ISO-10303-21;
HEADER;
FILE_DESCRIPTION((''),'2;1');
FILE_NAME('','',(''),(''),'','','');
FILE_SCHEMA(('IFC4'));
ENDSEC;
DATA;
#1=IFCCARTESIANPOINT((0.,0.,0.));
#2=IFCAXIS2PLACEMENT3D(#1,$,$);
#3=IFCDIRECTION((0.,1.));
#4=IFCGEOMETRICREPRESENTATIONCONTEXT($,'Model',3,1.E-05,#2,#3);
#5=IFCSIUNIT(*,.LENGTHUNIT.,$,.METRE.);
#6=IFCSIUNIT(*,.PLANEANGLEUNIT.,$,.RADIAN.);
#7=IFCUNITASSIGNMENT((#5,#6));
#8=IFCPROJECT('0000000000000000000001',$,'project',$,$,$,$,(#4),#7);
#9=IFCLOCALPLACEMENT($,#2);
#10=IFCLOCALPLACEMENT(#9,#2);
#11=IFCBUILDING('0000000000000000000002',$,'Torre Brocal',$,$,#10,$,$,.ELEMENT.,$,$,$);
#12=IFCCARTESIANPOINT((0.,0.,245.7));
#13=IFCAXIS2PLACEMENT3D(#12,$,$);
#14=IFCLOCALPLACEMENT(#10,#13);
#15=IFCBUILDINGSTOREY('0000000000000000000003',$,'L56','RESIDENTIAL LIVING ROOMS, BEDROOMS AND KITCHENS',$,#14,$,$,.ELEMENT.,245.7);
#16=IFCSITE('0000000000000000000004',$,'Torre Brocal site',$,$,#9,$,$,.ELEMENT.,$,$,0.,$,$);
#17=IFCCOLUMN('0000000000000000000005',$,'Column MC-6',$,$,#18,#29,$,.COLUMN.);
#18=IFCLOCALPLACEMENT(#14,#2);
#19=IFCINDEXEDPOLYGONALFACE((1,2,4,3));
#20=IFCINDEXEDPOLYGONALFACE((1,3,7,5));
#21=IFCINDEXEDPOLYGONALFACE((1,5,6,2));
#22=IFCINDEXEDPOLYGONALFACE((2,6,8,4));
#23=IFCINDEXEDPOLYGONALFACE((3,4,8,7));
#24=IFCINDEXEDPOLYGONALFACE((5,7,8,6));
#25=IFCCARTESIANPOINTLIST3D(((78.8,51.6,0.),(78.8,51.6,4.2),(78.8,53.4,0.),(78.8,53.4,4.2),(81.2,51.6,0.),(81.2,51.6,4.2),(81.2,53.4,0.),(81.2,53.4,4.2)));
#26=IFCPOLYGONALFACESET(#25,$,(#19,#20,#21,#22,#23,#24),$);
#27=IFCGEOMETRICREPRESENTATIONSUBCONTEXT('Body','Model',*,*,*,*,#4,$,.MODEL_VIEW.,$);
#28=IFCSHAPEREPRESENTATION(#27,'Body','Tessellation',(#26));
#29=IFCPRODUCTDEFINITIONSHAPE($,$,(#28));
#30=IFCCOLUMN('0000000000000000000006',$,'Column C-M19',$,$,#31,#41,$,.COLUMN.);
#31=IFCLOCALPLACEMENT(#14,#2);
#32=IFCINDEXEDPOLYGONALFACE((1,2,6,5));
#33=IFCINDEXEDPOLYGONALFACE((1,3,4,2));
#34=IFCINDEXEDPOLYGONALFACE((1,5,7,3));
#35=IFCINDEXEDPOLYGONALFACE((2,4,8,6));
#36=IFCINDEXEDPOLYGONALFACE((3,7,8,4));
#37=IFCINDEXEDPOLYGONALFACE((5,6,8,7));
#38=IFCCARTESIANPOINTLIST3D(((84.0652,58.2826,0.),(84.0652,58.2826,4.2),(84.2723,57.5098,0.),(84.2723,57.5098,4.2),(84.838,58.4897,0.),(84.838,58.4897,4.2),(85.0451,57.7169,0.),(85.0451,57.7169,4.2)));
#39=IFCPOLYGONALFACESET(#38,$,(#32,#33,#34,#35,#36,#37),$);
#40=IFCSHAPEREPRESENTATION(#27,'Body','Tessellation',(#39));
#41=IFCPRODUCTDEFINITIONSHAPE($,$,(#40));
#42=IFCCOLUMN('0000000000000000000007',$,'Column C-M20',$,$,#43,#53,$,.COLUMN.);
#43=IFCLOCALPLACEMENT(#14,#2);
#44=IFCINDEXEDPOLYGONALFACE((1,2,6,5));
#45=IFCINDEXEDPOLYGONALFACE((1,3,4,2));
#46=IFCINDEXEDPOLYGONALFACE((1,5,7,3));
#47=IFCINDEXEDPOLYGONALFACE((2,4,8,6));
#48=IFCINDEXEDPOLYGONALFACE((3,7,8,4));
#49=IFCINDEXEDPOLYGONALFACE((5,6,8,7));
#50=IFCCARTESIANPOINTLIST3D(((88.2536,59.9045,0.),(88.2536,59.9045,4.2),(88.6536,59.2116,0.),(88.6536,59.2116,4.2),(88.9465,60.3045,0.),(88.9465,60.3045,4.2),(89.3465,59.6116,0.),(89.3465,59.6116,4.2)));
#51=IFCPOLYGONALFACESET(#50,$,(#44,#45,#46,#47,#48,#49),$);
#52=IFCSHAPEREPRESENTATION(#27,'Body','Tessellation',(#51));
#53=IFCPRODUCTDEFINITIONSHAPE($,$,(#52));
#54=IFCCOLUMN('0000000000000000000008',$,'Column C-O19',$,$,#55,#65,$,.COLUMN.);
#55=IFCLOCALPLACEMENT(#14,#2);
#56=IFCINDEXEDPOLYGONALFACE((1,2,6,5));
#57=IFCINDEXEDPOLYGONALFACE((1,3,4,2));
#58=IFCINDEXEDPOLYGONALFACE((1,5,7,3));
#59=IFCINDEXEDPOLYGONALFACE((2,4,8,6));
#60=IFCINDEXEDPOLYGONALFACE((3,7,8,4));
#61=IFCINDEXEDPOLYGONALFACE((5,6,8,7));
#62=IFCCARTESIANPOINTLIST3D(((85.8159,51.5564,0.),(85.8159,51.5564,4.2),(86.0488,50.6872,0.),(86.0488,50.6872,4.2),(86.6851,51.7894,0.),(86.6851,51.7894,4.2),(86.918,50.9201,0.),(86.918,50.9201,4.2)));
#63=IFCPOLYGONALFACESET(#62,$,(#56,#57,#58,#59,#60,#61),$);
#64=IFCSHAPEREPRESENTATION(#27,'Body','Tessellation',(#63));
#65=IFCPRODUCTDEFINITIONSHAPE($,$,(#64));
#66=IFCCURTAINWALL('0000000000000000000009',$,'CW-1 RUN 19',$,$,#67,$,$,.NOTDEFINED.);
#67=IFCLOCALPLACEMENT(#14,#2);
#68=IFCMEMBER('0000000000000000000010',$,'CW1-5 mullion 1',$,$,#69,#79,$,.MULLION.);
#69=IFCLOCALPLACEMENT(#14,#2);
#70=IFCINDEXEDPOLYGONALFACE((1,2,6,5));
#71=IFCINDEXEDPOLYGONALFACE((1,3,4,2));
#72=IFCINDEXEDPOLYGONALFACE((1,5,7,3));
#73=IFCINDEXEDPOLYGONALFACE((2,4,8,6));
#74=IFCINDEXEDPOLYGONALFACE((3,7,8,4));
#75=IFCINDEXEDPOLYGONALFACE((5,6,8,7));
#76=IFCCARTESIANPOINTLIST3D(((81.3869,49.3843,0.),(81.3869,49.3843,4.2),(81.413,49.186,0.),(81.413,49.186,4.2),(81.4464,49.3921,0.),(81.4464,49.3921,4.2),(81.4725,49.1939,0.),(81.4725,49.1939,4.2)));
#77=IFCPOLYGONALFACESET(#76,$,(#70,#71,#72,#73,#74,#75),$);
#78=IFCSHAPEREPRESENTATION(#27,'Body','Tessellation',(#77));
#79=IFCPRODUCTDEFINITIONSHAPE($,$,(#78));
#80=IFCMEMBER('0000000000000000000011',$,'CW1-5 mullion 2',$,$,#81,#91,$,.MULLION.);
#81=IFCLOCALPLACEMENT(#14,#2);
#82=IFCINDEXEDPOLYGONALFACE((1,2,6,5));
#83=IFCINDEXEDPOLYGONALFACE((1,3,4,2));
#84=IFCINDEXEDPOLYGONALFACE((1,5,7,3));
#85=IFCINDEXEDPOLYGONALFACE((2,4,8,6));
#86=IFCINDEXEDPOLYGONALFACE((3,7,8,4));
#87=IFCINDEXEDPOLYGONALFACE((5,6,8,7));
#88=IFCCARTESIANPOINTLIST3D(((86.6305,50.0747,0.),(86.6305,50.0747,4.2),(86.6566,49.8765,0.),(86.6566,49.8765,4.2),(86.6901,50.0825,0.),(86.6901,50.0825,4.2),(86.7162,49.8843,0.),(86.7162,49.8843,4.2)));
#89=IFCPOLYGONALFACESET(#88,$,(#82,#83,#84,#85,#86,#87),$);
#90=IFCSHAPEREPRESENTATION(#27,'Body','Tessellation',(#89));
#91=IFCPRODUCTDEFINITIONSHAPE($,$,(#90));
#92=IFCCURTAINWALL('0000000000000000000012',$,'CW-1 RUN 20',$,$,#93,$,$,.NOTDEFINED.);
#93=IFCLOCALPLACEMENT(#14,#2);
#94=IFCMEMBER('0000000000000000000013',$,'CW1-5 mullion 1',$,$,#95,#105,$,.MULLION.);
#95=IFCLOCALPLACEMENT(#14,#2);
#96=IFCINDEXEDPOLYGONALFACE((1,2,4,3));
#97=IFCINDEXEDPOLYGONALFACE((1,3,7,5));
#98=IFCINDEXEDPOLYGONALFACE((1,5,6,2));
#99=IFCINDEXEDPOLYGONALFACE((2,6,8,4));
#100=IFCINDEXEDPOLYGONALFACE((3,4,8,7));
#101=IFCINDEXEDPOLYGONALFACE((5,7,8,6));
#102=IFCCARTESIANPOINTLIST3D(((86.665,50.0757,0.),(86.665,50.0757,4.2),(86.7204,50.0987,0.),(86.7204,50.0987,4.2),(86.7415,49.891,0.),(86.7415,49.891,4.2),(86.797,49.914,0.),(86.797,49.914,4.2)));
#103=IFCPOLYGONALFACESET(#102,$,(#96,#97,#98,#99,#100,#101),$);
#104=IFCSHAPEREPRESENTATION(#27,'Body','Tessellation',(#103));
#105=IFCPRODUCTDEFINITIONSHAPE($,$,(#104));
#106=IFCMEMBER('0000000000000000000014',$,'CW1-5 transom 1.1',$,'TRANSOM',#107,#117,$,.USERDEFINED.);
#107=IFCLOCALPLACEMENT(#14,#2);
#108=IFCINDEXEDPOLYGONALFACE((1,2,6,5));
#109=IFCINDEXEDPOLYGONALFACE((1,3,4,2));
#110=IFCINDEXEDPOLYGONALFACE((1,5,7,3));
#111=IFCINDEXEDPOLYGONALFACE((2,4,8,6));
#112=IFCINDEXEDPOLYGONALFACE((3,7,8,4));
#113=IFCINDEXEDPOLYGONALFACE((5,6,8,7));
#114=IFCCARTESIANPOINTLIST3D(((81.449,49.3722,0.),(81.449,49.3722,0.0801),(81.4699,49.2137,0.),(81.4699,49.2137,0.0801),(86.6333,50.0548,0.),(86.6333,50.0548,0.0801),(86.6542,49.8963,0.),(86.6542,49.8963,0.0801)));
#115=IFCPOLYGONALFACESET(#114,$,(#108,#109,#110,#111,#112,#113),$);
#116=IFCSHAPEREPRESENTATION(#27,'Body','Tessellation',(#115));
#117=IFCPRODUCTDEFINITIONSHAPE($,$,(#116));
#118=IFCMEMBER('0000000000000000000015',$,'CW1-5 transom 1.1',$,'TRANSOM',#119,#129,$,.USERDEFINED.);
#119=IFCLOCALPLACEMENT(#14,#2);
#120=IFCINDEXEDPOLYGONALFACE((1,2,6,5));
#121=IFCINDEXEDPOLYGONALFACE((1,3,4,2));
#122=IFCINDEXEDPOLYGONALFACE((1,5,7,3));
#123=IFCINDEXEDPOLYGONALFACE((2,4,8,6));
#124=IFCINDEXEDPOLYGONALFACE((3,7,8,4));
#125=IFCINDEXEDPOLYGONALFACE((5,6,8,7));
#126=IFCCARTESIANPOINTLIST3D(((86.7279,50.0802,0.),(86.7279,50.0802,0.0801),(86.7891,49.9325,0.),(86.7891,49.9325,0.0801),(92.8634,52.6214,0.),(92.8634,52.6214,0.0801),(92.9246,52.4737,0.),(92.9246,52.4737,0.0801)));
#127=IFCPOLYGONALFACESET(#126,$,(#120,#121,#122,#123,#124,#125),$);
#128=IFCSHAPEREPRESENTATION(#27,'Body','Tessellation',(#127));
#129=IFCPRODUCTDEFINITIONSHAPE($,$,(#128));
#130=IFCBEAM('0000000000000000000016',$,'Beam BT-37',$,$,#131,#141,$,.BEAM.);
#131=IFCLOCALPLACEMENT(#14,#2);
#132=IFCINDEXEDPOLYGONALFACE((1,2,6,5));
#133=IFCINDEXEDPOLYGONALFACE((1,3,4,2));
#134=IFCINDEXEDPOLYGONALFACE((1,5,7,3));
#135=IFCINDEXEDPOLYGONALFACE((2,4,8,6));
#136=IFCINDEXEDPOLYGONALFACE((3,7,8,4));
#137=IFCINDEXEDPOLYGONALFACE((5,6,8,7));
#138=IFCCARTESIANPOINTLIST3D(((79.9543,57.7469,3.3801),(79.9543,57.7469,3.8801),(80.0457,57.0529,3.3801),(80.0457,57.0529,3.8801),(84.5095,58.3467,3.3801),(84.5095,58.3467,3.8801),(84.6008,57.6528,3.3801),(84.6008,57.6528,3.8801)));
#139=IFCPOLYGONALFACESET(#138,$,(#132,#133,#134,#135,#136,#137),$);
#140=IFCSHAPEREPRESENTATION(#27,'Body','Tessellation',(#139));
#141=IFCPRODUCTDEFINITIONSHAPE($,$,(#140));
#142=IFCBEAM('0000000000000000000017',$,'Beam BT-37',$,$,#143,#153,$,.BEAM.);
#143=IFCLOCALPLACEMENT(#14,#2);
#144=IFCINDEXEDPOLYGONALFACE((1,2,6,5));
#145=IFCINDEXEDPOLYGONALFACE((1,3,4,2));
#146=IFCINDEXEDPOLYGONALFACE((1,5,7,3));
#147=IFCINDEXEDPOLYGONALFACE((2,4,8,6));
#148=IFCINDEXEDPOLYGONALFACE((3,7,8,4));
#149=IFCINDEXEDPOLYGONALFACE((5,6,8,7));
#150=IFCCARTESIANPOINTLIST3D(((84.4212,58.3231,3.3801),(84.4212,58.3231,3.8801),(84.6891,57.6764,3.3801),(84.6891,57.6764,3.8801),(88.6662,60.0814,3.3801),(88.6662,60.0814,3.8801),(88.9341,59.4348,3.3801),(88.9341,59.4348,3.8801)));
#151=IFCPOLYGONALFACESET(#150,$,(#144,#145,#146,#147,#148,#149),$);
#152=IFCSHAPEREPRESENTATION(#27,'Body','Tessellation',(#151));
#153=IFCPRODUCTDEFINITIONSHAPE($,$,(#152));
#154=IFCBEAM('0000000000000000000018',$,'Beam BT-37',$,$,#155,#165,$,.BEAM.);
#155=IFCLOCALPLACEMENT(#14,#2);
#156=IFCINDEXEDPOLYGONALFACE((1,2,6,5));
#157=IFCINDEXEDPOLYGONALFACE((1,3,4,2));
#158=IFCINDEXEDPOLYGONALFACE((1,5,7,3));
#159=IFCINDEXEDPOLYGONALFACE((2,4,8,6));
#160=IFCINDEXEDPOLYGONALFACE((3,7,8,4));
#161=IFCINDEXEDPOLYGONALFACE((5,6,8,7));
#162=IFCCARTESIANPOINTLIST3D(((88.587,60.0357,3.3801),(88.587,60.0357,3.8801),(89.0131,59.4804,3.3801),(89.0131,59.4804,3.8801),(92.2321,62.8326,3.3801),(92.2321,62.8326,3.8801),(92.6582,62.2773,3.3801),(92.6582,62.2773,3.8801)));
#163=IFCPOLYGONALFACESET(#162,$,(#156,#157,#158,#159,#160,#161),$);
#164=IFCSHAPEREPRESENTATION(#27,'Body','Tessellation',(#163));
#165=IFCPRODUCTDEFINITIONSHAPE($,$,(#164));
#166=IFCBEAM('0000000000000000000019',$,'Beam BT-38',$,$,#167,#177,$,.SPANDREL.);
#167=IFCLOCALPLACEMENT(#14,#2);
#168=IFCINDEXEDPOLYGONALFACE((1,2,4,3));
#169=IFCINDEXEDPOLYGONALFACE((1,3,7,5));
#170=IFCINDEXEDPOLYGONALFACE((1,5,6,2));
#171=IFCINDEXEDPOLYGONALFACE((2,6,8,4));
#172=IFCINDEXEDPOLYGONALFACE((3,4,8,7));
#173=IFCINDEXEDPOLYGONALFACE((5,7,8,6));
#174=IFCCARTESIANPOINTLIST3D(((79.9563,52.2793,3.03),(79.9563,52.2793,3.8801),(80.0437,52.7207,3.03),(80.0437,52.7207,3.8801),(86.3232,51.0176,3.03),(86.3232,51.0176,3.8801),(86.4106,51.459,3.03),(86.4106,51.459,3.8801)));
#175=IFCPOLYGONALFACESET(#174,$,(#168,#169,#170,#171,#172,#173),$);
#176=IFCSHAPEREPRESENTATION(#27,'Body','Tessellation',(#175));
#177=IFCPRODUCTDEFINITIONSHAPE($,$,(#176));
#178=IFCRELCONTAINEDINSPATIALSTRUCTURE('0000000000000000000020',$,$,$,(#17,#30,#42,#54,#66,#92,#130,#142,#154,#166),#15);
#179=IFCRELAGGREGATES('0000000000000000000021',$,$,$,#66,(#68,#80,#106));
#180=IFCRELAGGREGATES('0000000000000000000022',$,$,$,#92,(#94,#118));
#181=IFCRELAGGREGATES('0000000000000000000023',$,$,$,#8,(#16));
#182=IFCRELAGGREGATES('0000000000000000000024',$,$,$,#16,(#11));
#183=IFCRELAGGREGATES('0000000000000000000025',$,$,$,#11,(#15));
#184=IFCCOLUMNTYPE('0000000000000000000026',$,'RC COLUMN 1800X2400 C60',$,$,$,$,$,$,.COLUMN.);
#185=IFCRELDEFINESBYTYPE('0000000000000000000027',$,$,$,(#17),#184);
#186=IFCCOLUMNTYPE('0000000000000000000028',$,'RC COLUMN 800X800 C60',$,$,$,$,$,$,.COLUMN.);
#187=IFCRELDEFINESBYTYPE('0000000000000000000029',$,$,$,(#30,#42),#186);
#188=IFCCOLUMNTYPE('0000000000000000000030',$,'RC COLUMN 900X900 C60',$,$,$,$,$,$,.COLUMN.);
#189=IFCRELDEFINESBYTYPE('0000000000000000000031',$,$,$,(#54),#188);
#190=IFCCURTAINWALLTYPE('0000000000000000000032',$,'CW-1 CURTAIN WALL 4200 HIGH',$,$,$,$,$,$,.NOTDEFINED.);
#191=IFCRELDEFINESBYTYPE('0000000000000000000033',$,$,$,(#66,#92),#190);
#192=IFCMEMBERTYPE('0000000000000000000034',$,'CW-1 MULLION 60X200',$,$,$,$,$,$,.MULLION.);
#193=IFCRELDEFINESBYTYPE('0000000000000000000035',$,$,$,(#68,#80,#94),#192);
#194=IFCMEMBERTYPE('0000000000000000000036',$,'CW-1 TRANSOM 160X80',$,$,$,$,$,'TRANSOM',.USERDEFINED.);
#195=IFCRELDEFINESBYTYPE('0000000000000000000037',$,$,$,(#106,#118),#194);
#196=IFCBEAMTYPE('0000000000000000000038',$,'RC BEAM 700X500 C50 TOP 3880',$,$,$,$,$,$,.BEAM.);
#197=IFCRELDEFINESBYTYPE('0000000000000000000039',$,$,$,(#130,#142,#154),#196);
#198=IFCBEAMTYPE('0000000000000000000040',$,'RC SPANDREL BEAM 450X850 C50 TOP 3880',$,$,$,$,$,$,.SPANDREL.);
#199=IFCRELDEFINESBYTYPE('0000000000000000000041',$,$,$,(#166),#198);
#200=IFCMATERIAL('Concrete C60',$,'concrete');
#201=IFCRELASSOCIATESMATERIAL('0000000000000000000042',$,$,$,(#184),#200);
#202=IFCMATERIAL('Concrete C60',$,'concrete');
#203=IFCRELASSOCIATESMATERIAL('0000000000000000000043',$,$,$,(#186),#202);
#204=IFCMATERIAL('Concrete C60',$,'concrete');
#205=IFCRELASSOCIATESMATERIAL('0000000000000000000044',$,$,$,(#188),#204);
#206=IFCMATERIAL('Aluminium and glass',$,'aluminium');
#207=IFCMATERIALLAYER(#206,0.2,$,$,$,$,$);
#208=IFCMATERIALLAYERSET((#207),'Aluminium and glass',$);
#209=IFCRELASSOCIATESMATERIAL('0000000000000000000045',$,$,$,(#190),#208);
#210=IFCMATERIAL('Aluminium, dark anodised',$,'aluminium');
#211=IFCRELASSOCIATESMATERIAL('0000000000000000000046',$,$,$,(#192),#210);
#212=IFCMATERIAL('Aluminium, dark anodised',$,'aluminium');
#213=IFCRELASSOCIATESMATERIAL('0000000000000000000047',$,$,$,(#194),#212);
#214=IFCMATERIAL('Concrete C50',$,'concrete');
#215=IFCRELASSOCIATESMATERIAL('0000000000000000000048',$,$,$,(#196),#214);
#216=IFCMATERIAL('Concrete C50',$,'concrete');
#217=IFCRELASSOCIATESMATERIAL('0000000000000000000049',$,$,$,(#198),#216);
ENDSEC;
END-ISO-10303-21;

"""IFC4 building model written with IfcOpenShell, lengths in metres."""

from ifc_helpers import new_model, si_unit, direction, frame, origin, origin_2d, place, context, subcontext, project, spatial, rectangle, extrude, material, layer, layer_set, material_profile, profile_set, type_object, element, aggregate, save


model = new_model("IFC4")

# Units and contexts
model_context = context("Model", 3, precision=1e-05, world=origin(), true_north=direction((0.0, 1.0)))
body_context = subcontext(model_context, "Body", "Model", "MODEL_VIEW")
ifc_project = project(units=[si_unit("LENGTHUNIT", "METRE"), si_unit("PLANEANGLEUNIT", "RADIAN")], contexts=[model_context])

# Site, building, storey
site_placement = place(None, origin())
site = spatial("IfcSite", under=ifc_project, at=site_placement, Name="Torre Brocal site", CompositionType="ELEMENT", RefElevation=0.0)
building_placement = place(site_placement, origin())
building = spatial("IfcBuilding", under=site, at=building_placement, Name="Torre Brocal", CompositionType="ELEMENT")
storey_placement = place(building_placement, frame((0.0, 0.0, 245.7)))
storey = spatial("IfcBuildingStorey", under=building, at=storey_placement, Name="L56", Description="RESIDENTIAL LIVING ROOMS, BEDROOMS AND KITCHENS", CompositionType="ELEMENT", Elevation=245.7)

# Columns
ifc_material_1 = material(Name="Concrete C60", Category="concrete")
ifc_material_profile_1 = material_profile(ifc_material_1, rectangle(XDim=1.8, YDim=2.3999, at=origin_2d()), Name="RC 1800X2400")
ifc_profile_set_1 = profile_set([ifc_material_profile_1], Name="Concrete C60")
column_type_1 = type_object("IfcColumnType", Name="RC COLUMN 1800X2400 C60", PredefinedType="COLUMN", material=ifc_profile_set_1)
column_1_placement = place(storey_placement, frame((80.0, 52.5, 0.0), z_axis=(0.0, 0.0, 1.0), x_axis=(0.0, -1.0, 0.0)))
element("IfcColumn", 1, at=column_1_placement, inside=storey, type_object=column_type_1, Name="Column MC-6", PredefinedType="COLUMN", context=body_context, shape_type="SweptSolid", body=[
    extrude(rectangle(XDim=1.8, YDim=2.3999, at=origin_2d()), origin(), (0.0, 0.0, 1.0), 4.2),
])
ifc_material_2 = material(Name="Concrete C60", Category="concrete")
ifc_material_profile_2 = material_profile(ifc_material_2, rectangle(XDim=0.8, YDim=0.8, at=origin_2d()), Name="RC 800X800")
ifc_profile_set_2 = profile_set([ifc_material_profile_2], Name="Concrete C60")
column_type_2 = type_object("IfcColumnType", Name="RC COLUMN 800X800 C60", PredefinedType="COLUMN", material=ifc_profile_set_2)
for number, where, z_axis, x_axis, name in (
    (2, (84.5552, 57.9998, 0.0), (0.0, 0.0, 1.0), (0.258819, -0.965926, 0.0), "Column C-M19"),
    (3, (88.8, 59.7581, 0.0), (0.0, 0.0, 1.0), (0.5, -0.866025, 0.0), "Column C-M20"),
):
    element("IfcColumn", number, at=place(storey_placement, frame(where, z_axis=z_axis, x_axis=x_axis)), inside=storey, type_object=column_type_2, Name=name, PredefinedType="COLUMN", context=body_context, shape_type="SweptSolid", body=[
        extrude(rectangle(XDim=0.8, YDim=0.8, at=origin_2d()), origin(), (0.0, 0.0, 1.0), 4.2),
    ])
ifc_material_3 = material(Name="Concrete C60", Category="concrete")
ifc_material_profile_3 = material_profile(ifc_material_3, rectangle(XDim=0.8999, YDim=0.8999, at=origin_2d()), Name="RC 900X900")
ifc_profile_set_3 = profile_set([ifc_material_profile_3], Name="Concrete C60")
column_type_3 = type_object("IfcColumnType", Name="RC COLUMN 900X900 C60", PredefinedType="COLUMN", material=ifc_profile_set_3)
column_2_placement = place(storey_placement, frame((86.3669, 51.2383, 0.0), z_axis=(0.0, 0.0, 1.0), x_axis=(0.258819, -0.965926, 0.0)))
element("IfcColumn", 4, at=column_2_placement, inside=storey, type_object=column_type_3, Name="Column C-O19", PredefinedType="COLUMN", context=body_context, shape_type="SweptSolid", body=[
    extrude(rectangle(XDim=0.8999, YDim=0.8999, at=origin_2d()), origin(), (0.0, 0.0, 1.0), 4.2),
])

# Curtain wall, members
ifc_material_4 = material(Name="Aluminium and glass", Category="aluminium")
ifc_layer_1 = layer(ifc_material_4, 0.2)
ifc_layer_set_1 = layer_set([ifc_layer_1], Name="Aluminium and glass")
curtain_wall_type = type_object("IfcCurtainWallType", Name="CW-1 CURTAIN WALL 4200 HIGH", PredefinedType="NOTDEFINED", material=ifc_layer_set_1)
curtain_wall_1_placement = place(storey_placement, origin())
curtain_wall_1 = element("IfcCurtainWall", 5, at=curtain_wall_1_placement, inside=storey, type_object=curtain_wall_type, Name="CW-1 RUN 19", PredefinedType="NOTDEFINED")
ifc_material_5 = material(Name="Aluminium, dark anodised", Category="aluminium")
ifc_material_profile_4 = material_profile(ifc_material_5, rectangle(XDim=0.2, YDim=0.0601, at=origin_2d()), Name="CW-1 MULLION 60X200")
ifc_profile_set_4 = profile_set([ifc_material_profile_4], Name="Aluminium, dark anodised")
member_type_1 = type_object("IfcMemberType", Name="CW-1 MULLION 60X200", PredefinedType="MULLION", material=ifc_profile_set_4)
member_1_placement = place(storey_placement, frame((81.4297, 49.2891, 0.0), z_axis=(0.0, 0.0, 1.0), x_axis=(-0.130526, 0.991445, 0.0)))
member_1 = element("IfcMember", 6, at=member_1_placement, type_object=member_type_1, Name="CW1-5 mullion 1", PredefinedType="MULLION", context=body_context, shape_type="SweptSolid", body=[
    extrude(rectangle(XDim=0.2, YDim=0.0601, at=origin_2d()), origin(), (0.0, 0.0, 1.0), 4.2),
])
member_2_placement = place(storey_placement, frame((86.6733, 49.9795, 0.0), z_axis=(0.0, 0.0, 1.0), x_axis=(-0.130526, 0.991445, 0.0)))
member_2 = element("IfcMember", 7, at=member_2_placement, type_object=member_type_1, Name="CW1-5 mullion 2", PredefinedType="MULLION", context=body_context, shape_type="SweptSolid", body=[
    extrude(rectangle(XDim=0.2, YDim=0.0601, at=origin_2d()), origin(), (0.0, 0.0, 1.0), 4.2),
])

# Curtain wall, member
curtain_wall_2_placement = place(storey_placement, origin())
curtain_wall_2 = element("IfcCurtainWall", 8, at=curtain_wall_2_placement, inside=storey, type_object=curtain_wall_type, Name="CW-1 RUN 20", PredefinedType="NOTDEFINED")
member_3_placement = place(storey_placement, frame((86.731, 49.9949, 0.0), z_axis=(0.0, 0.0, 1.0), x_axis=(-0.382683, 0.92388, 0.0)))
member_3 = element("IfcMember", 9, at=member_3_placement, type_object=member_type_1, Name="CW1-5 mullion 1", PredefinedType="MULLION", context=body_context, shape_type="SweptSolid", body=[
    extrude(rectangle(XDim=0.2, YDim=0.0601, at=origin_2d()), origin(), (0.0, 0.0, 1.0), 4.2),
])

# Members
ifc_material_6 = material(Name="Aluminium, dark anodised", Category="aluminium")
ifc_material_profile_5 = material_profile(ifc_material_6, rectangle(XDim=0.1599, YDim=0.0801, at=origin_2d()), Name="CW-1 TRANSOM 160X80")
ifc_profile_set_5 = profile_set([ifc_material_profile_5], Name="Aluminium, dark anodised")
member_type_2 = type_object("IfcMemberType", Name="CW-1 TRANSOM 160X80", ElementType="TRANSOM", PredefinedType="USERDEFINED", material=ifc_profile_set_5)
member_4_placement = place(storey_placement, frame((81.4595, 49.293, 0.04), z_axis=(0.991443, 0.130543, 0.0), x_axis=(-0.130543, 0.991443, 0.0)))
member_4 = element("IfcMember", 10, at=member_4_placement, type_object=member_type_2, Name="CW1-5 transom 1.1", ObjectType="TRANSOM", PredefinedType="USERDEFINED", context=body_context, shape_type="SweptSolid", body=[
    extrude(rectangle(XDim=0.1599, YDim=0.0801, at=origin_2d()), origin(), (0.0, 0.0, 1.0), 5.229),
])
member_5_placement = place(storey_placement, frame((86.7585, 50.0063, 0.04), z_axis=(0.923887, 0.382665, 0.0), x_axis=(-0.382665, 0.923887, 0.0)))
member_5 = element("IfcMember", 11, at=member_5_placement, type_object=member_type_2, Name="CW1-5 transom 1.1", ObjectType="TRANSOM", PredefinedType="USERDEFINED", context=body_context, shape_type="SweptSolid", body=[
    extrude(rectangle(XDim=0.1599, YDim=0.0801, at=origin_2d()), origin(), (0.0, 0.0, 1.0), 6.6409),
])

# Beams
ifc_material_7 = material(Name="Concrete C50", Category="concrete")
ifc_material_profile_6 = material_profile(ifc_material_7, rectangle(XDim=0.7, YDim=0.5, at=origin_2d()), Name="RC 700X500")
ifc_profile_set_6 = profile_set([ifc_material_profile_6], Name="Concrete C50")
beam_type_1 = type_object("IfcBeamType", Name="RC BEAM 700X500 C50 TOP 3880", PredefinedType="BEAM", material=ifc_profile_set_6)
beam_1_placement = place(storey_placement, frame((80.0, 57.3999, 3.6301), z_axis=(0.991441, 0.130559, 0.0), x_axis=(-0.130559, 0.991441, 0.0)))
element("IfcBeam", 12, at=beam_1_placement, inside=storey, type_object=beam_type_1, Name="Beam BT-37", PredefinedType="BEAM", context=body_context, shape_type="SweptSolid", body=[
    extrude(rectangle(XDim=0.7, YDim=0.5, at=origin_2d()), origin(), (0.0, 0.0, 1.0), 4.5945),
])
beam_2_placement = place(storey_placement, frame((84.5552, 57.9998, 3.6301), z_axis=(0.923878, 0.382687, 0.0), x_axis=(-0.382687, 0.923878, 0.0)))
element("IfcBeam", 13, at=beam_2_placement, inside=storey, type_object=beam_type_1, Name="Beam BT-37", PredefinedType="BEAM", context=body_context, shape_type="SweptSolid", body=[
    extrude(rectangle(XDim=0.7, YDim=0.5, at=origin_2d()), origin(), (0.0, 0.0, 1.0), 4.5947),
])
beam_3_placement = place(storey_placement, frame((88.8, 59.7581, 3.6301), z_axis=(0.793358, 0.608755, 0.0), x_axis=(-0.608755, 0.793358, 0.0)))
element("IfcBeam", 14, at=beam_3_placement, inside=storey, type_object=beam_type_1, Name="Beam BT-37", PredefinedType="BEAM", context=body_context, shape_type="SweptSolid", body=[
    extrude(rectangle(XDim=0.7, YDim=0.5, at=origin_2d()), origin(), (0.0, 0.0, 1.0), 4.5945),
])
ifc_material_8 = material(Name="Concrete C50", Category="concrete")
ifc_material_profile_7 = material_profile(ifc_material_8, rectangle(XDim=0.45, YDim=0.8501, at=origin_2d()), Name="RC 450X850")
ifc_profile_set_7 = profile_set([ifc_material_profile_7], Name="Concrete C50")
beam_type_2 = type_object("IfcBeamType", Name="RC SPANDREL BEAM 450X850 C50 TOP 3880", PredefinedType="SPANDREL", material=ifc_profile_set_7)
beam_4_placement = place(storey_placement, frame((80.0, 52.5, 3.4551), z_axis=(0.980925, -0.194387, 0.0), x_axis=(0.194387, 0.980925, 0.0)))
element("IfcBeam", 15, at=beam_4_placement, inside=storey, type_object=beam_type_2, Name="Beam BT-38", PredefinedType="SPANDREL", context=body_context, shape_type="SweptSolid", body=[
    extrude(rectangle(XDim=0.45, YDim=0.8501, at=origin_2d()), origin(), (0.0, 0.0, 1.0), 6.4907),
])

aggregate(curtain_wall_1, [member_1, member_2, member_4])
aggregate(curtain_wall_2, [member_3, member_5])

save(model, "model.ifc")
